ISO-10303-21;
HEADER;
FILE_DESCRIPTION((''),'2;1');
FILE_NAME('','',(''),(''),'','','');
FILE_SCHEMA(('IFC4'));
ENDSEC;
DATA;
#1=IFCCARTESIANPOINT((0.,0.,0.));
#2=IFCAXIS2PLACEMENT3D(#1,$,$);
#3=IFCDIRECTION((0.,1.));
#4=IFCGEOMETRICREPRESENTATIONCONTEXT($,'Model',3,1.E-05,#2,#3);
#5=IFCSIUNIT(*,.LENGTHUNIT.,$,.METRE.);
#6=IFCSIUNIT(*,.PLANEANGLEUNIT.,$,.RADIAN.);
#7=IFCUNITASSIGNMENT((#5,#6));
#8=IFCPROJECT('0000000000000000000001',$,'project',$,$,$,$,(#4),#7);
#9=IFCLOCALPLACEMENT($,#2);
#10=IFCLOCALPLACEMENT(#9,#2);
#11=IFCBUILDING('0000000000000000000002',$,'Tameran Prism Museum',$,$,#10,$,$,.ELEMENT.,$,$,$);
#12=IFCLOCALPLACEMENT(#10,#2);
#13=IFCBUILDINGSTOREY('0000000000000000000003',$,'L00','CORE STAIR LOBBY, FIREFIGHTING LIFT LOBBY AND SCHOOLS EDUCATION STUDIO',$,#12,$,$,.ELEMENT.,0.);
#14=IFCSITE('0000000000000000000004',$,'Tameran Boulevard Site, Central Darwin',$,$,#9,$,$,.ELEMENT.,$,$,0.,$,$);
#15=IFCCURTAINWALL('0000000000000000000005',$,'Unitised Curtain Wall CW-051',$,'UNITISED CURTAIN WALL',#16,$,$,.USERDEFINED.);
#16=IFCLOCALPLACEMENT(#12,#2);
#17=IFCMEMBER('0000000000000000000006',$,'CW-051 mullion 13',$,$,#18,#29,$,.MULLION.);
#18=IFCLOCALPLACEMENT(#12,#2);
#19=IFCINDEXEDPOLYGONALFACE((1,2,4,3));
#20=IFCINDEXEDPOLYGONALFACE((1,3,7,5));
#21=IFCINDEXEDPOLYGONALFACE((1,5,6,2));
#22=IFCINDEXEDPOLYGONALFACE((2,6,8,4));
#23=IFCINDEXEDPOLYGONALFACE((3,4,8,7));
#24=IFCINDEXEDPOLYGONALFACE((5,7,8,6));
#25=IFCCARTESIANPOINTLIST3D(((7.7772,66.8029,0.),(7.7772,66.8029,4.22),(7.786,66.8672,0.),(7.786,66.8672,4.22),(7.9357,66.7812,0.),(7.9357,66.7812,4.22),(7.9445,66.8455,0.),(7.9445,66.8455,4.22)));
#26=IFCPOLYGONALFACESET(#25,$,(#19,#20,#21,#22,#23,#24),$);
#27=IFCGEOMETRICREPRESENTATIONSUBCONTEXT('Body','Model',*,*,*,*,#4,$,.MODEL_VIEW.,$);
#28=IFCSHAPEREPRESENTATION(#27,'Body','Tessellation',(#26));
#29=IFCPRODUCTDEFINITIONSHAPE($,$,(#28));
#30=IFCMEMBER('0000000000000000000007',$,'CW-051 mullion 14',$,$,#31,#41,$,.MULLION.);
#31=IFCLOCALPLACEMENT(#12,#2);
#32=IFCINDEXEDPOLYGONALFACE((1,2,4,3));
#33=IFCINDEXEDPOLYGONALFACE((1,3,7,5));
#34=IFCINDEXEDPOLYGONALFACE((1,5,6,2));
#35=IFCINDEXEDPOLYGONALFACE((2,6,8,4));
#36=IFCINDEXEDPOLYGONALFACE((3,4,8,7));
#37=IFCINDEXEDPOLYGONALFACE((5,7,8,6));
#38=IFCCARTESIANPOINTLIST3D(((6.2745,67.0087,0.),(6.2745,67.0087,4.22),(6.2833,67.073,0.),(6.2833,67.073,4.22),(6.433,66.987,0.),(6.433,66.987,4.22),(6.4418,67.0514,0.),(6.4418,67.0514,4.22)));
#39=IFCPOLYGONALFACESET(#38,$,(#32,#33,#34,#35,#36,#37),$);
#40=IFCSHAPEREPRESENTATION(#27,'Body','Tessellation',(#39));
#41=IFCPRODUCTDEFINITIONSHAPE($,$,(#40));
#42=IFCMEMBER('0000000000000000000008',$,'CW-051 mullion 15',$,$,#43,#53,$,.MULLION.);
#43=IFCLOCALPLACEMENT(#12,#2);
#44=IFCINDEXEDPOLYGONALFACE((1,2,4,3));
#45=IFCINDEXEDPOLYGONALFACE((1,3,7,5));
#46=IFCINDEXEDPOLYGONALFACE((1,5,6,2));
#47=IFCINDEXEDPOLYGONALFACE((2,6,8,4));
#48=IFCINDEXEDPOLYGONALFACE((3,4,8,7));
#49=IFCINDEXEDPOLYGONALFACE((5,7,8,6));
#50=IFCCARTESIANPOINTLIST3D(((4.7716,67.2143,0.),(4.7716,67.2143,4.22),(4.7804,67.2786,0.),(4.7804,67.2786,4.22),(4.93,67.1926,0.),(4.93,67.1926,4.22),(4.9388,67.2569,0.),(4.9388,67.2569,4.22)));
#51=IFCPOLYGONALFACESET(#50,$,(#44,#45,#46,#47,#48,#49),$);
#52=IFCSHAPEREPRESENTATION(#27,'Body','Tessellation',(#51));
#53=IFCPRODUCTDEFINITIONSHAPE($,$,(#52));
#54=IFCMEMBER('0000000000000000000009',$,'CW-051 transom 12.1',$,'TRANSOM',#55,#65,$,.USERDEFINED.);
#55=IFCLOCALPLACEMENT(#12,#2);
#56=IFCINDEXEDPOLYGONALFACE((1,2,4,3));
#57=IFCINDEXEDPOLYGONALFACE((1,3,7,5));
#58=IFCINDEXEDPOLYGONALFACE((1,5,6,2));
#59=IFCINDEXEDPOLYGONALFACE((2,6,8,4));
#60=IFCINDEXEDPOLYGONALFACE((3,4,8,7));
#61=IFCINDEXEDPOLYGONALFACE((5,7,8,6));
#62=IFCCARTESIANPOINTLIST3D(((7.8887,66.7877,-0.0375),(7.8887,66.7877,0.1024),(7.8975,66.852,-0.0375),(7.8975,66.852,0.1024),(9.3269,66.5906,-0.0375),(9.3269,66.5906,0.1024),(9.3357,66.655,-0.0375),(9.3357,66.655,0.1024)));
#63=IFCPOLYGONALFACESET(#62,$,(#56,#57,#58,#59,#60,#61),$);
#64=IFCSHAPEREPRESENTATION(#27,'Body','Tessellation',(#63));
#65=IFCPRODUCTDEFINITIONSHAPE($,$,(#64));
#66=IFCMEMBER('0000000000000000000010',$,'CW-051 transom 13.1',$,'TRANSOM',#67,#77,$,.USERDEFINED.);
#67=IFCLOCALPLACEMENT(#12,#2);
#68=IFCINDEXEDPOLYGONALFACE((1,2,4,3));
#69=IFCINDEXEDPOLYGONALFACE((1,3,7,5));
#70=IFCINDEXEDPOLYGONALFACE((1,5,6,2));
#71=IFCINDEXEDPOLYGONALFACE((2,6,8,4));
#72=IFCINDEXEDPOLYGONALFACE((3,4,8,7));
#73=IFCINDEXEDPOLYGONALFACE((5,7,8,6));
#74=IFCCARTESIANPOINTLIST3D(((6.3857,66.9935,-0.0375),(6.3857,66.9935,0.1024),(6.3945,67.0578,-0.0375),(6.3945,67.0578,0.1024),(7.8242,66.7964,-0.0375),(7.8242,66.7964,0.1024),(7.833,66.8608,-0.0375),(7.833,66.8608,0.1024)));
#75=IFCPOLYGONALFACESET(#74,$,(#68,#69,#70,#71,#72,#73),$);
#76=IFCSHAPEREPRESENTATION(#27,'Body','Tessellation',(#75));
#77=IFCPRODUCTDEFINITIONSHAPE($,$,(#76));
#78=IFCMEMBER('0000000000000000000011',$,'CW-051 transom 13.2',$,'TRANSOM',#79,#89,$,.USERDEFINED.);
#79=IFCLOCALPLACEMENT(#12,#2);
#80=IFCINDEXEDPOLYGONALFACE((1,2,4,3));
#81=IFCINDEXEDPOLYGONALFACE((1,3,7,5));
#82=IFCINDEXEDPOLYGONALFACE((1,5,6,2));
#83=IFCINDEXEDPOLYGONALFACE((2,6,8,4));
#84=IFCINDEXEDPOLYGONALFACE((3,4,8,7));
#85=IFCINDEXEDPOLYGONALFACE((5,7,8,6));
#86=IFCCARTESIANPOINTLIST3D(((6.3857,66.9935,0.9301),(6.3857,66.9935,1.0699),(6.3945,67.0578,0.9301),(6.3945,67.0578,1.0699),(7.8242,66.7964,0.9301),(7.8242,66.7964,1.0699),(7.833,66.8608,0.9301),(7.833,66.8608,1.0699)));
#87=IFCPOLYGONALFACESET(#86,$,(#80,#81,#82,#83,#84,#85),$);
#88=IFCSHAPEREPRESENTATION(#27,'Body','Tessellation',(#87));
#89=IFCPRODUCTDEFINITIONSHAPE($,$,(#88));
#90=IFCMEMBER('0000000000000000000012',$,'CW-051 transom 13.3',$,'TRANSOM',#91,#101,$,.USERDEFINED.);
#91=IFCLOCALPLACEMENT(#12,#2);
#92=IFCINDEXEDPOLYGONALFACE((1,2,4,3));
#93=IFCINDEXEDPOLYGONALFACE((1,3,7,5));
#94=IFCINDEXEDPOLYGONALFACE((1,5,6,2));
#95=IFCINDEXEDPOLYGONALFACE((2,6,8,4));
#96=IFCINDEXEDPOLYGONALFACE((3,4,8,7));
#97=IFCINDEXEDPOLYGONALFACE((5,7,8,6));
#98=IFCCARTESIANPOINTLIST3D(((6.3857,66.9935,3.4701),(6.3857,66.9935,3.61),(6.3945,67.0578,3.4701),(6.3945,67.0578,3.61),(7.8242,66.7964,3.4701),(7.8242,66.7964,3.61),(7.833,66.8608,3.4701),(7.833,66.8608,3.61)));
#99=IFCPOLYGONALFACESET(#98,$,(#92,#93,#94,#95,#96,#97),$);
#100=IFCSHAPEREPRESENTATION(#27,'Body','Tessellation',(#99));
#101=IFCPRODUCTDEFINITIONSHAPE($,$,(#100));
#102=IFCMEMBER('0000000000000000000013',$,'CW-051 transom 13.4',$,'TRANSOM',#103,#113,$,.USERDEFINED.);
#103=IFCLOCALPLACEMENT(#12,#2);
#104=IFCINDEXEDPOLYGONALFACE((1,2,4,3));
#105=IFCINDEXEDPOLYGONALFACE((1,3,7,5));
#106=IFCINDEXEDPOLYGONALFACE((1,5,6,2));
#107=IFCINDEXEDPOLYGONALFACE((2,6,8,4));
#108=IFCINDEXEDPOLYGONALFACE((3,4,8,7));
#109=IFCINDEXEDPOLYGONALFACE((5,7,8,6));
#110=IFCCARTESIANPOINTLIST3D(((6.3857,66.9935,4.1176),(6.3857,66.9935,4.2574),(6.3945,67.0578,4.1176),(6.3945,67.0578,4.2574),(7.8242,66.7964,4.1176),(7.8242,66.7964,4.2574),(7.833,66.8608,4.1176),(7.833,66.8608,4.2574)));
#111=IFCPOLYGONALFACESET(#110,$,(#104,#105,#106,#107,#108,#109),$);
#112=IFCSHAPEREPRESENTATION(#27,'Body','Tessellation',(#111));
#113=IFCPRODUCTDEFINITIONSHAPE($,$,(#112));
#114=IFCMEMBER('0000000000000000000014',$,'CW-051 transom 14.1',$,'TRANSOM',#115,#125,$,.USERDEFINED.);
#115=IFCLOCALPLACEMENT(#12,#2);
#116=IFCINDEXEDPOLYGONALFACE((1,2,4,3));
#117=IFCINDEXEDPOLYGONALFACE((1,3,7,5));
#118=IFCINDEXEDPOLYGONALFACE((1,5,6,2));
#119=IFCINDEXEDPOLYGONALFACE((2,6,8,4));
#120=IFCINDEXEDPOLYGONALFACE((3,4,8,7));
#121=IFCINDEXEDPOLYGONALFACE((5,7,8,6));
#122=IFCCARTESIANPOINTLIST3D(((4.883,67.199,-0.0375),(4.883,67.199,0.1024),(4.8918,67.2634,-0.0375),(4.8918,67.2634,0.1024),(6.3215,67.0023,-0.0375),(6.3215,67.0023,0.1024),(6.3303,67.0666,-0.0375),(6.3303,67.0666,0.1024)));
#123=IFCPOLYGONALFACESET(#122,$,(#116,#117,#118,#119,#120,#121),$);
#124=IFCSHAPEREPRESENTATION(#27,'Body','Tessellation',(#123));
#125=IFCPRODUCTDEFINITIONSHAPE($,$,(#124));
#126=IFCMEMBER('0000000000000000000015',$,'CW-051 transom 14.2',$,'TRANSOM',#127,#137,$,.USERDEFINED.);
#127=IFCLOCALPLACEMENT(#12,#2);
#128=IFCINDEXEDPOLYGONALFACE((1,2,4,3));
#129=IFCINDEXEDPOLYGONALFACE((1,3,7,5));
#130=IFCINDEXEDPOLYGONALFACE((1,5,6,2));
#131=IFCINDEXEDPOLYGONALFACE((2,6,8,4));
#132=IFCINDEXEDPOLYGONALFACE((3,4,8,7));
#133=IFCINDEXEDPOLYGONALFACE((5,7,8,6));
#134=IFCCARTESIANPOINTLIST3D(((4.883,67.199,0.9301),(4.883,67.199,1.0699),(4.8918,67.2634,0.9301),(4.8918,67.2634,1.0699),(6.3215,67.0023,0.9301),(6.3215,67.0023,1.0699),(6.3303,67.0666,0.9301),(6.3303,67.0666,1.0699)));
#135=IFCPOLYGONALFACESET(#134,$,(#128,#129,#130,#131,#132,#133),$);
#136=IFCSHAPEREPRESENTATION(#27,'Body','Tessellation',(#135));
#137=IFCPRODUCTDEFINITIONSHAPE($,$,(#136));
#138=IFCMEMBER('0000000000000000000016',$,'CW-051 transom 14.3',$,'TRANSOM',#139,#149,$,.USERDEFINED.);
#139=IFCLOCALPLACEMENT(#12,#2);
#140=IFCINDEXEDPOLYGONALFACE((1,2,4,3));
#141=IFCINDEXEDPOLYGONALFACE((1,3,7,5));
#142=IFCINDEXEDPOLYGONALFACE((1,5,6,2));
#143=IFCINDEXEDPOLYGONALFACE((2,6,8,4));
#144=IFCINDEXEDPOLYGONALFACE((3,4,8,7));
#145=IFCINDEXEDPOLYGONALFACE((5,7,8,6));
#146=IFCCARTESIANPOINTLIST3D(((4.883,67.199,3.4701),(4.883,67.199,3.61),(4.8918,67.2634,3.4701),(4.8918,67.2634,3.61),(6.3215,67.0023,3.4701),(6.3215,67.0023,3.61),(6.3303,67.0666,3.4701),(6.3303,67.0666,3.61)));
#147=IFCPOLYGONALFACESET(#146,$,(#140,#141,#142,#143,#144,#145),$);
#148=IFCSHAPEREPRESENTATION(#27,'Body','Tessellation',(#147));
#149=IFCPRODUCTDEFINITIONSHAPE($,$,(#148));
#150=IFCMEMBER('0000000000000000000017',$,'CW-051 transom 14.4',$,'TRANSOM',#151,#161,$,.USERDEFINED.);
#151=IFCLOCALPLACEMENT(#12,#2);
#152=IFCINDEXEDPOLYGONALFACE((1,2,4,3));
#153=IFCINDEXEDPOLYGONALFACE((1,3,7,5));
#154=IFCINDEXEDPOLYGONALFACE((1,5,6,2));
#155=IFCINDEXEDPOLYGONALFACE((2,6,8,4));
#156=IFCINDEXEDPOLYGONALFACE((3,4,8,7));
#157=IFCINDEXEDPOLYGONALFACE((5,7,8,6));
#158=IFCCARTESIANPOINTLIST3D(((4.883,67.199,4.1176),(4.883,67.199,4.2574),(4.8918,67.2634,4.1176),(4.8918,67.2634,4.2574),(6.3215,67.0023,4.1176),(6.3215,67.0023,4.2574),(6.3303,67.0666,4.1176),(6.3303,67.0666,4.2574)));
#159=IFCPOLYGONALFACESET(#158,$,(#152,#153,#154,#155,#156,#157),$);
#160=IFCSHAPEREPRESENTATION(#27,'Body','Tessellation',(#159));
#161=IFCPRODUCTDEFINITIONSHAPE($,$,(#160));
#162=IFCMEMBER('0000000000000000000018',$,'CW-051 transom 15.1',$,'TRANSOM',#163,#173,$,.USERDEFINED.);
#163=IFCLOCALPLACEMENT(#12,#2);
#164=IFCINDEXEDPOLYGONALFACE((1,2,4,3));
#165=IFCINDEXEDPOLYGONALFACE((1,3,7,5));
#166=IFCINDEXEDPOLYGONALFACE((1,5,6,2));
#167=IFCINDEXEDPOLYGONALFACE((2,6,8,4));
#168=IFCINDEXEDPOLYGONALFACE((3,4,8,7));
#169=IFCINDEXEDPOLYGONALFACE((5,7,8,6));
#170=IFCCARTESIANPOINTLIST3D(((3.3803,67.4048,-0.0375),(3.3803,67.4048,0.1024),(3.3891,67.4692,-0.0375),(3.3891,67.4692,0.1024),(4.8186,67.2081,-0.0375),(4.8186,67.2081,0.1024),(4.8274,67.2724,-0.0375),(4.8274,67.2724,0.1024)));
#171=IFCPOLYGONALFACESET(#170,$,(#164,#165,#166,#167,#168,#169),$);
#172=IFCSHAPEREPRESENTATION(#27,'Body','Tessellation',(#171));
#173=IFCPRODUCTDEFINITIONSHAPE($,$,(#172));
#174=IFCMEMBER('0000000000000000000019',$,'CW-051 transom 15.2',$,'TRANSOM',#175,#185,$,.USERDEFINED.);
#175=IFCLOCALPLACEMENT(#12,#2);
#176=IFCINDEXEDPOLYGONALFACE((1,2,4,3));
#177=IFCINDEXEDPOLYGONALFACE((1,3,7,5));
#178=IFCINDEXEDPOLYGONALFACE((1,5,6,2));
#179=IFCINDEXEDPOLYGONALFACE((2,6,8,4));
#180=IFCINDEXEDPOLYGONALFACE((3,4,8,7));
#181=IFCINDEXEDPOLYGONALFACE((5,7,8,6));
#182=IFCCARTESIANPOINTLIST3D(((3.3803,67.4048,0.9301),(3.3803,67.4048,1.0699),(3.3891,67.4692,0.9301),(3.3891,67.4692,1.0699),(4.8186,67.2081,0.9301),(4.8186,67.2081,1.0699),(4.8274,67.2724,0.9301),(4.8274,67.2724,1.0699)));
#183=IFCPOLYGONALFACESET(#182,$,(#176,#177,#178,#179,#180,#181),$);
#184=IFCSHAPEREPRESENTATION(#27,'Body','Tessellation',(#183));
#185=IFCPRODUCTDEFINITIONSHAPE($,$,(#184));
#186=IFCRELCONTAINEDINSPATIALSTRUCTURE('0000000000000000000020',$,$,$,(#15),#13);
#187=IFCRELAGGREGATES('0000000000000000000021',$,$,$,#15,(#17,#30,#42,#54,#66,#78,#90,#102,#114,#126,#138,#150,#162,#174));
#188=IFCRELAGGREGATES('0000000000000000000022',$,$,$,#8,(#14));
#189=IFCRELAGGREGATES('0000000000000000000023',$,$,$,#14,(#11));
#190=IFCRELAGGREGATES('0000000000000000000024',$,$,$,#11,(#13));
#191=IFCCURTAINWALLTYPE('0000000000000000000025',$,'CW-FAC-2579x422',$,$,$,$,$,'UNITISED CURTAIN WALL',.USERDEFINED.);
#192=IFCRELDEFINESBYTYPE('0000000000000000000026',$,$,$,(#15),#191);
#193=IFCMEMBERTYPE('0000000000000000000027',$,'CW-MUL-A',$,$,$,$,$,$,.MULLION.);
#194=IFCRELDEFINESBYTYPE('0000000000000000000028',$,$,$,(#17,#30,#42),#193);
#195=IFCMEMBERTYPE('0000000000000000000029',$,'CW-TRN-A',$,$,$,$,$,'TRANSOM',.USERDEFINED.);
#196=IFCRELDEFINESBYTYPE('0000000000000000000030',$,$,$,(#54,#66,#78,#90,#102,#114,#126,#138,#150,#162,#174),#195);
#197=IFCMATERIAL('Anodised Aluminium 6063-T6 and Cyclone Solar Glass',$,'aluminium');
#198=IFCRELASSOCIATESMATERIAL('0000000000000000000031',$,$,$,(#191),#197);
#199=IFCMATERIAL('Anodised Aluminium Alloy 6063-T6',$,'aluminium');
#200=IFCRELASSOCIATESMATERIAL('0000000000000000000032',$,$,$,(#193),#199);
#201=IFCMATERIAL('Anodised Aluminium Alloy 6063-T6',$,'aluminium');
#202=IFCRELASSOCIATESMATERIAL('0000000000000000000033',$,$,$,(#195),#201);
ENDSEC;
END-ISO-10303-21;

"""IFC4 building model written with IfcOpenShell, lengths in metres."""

from ifc_helpers import new_model, si_unit, direction, frame, origin, origin_2d, place, context, subcontext, project, spatial, rectangle, extrude, material, material_profile, profile_set, type_object, element, aggregate, save


model = new_model("IFC4")

# Units and contexts
model_context = context("Model", 3, precision=1e-05, world=origin(), true_north=direction((0.0, 1.0)))
body_context = subcontext(model_context, "Body", "Model", "MODEL_VIEW")
ifc_project = project(units=[si_unit("LENGTHUNIT", "METRE"), si_unit("PLANEANGLEUNIT", "RADIAN")], contexts=[model_context])

# Site, building, storey
site_placement = place(None, origin())
site = spatial("IfcSite", under=ifc_project, at=site_placement, Name="Tameran Boulevard Site, Central Darwin", CompositionType="ELEMENT", RefElevation=0.0)
building_placement = place(site_placement, origin())
building = spatial("IfcBuilding", under=site, at=building_placement, Name="Tameran Prism Museum", CompositionType="ELEMENT")
storey_placement = place(building_placement, origin())
storey = spatial("IfcBuildingStorey", under=building, at=storey_placement, Name="L00", Description="CORE STAIR LOBBY, FIREFIGHTING LIFT LOBBY AND SCHOOLS EDUCATION STUDIO", CompositionType="ELEMENT", Elevation=0.0)

# Curtain wall, members
ifc_material_1 = material(Name="Anodised Aluminium 6063-T6 and Cyclone Solar Glass", Category="aluminium")
curtain_wall_type = type_object("IfcCurtainWallType", Name="CW-FAC-2579x422", ElementType="UNITISED CURTAIN WALL", PredefinedType="USERDEFINED", material=ifc_material_1)
curtain_wall_placement = place(storey_placement, origin())
curtain_wall = element("IfcCurtainWall", 1, at=curtain_wall_placement, inside=storey, type_object=curtain_wall_type, Name="Unitised Curtain Wall CW-051", ObjectType="UNITISED CURTAIN WALL", PredefinedType="USERDEFINED")
ifc_material_2 = material(Name="Anodised Aluminium Alloy 6063-T6", Category="aluminium")
ifc_material_profile_1 = material_profile(ifc_material_2, rectangle(XDim=0.0649, YDim=0.1599, at=origin_2d()))
ifc_profile_set_1 = profile_set([ifc_material_profile_1])
member_type_1 = type_object("IfcMemberType", Name="CW-MUL-A", PredefinedType="MULLION", material=ifc_profile_set_1)
member_1_placement = place(storey_placement, frame((7.8608, 66.8242, 0.0), z_axis=(0.0, 0.0, 1.0), x_axis=(-0.135658, -0.990756, 0.0)))
member_1 = element("IfcMember", 2, at=member_1_placement, type_object=member_type_1, Name="CW-051 mullion 13", PredefinedType="MULLION", context=body_context, shape_type="SweptSolid", body=[
    extrude(rectangle(XDim=0.0649, YDim=0.1599, at=origin_2d()), origin(), (0.0, 0.0, 1.0), 4.22),
])
member_2_placement = place(storey_placement, frame((6.3582, 67.03, 0.0), z_axis=(0.0, 0.0, 1.0), x_axis=(-0.135658, -0.990756, 0.0)))
member_2 = element("IfcMember", 3, at=member_2_placement, type_object=member_type_1, Name="CW-051 mullion 14", PredefinedType="MULLION", context=body_context, shape_type="SweptSolid", body=[
    extrude(rectangle(XDim=0.0649, YDim=0.1599, at=origin_2d()), origin(), (0.0, 0.0, 1.0), 4.22),
])
member_3_placement = place(storey_placement, frame((4.8552, 67.2356, 0.0), z_axis=(0.0, 0.0, 1.0), x_axis=(-0.135658, -0.990756, 0.0)))
member_3 = element("IfcMember", 4, at=member_3_placement, type_object=member_type_1, Name="CW-051 mullion 15", PredefinedType="MULLION", context=body_context, shape_type="SweptSolid", body=[
    extrude(rectangle(XDim=0.0649, YDim=0.1599, at=origin_2d()), origin(), (0.0, 0.0, 1.0), 4.22),
])
ifc_material_3 = material(Name="Anodised Aluminium Alloy 6063-T6", Category="aluminium")
ifc_material_profile_2 = material_profile(ifc_material_3, rectangle(XDim=0.0649, YDim=0.1399, at=origin_2d()))
ifc_profile_set_2 = profile_set([ifc_material_profile_2])
member_type_2 = type_object("IfcMemberType", Name="CW-TRN-A", ElementType="TRANSOM", PredefinedType="USERDEFINED", material=ifc_profile_set_2)
member_4_placement = place(storey_placement, frame((9.3313, 66.6228, 0.0325), z_axis=(-0.990747, 0.135721, 0.0), x_axis=(-0.135721, -0.990747, 0.0)))
member_4 = element("IfcMember", 5, at=member_4_placement, type_object=member_type_2, Name="CW-051 transom 12.1", ObjectType="TRANSOM", PredefinedType="USERDEFINED", context=body_context, shape_type="SweptSolid", body=[
    extrude(rectangle(XDim=0.0649, YDim=0.1399, at=origin_2d()), origin(), (0.0, 0.0, 1.0), 1.4517),
])
member_5_placement = place(storey_placement, frame((7.8286, 66.8286, 0.0325), z_axis=(-0.99075, 0.135698, 0.0), x_axis=(-0.135698, -0.99075, 0.0)))
member_5 = element("IfcMember", 6, at=member_5_placement, type_object=member_type_2, Name="CW-051 transom 13.1", ObjectType="TRANSOM", PredefinedType="USERDEFINED", context=body_context, shape_type="SweptSolid", body=[
    extrude(rectangle(XDim=0.0649, YDim=0.1399, at=origin_2d()), origin(), (0.0, 0.0, 1.0), 1.4519),
])
member_6_placement = place(storey_placement, frame((7.8286, 66.8286, 1.0), z_axis=(-0.99075, 0.135698, 0.0), x_axis=(-0.135698, -0.99075, 0.0)))
member_6 = element("IfcMember", 7, at=member_6_placement, type_object=member_type_2, Name="CW-051 transom 13.2", ObjectType="TRANSOM", PredefinedType="USERDEFINED", context=body_context, shape_type="SweptSolid", body=[
    extrude(rectangle(XDim=0.0649, YDim=0.1399, at=origin_2d()), origin(), (0.0, 0.0, 1.0), 1.4519),
])
member_7_placement = place(storey_placement, frame((7.8286, 66.8286, 3.54), z_axis=(-0.99075, 0.135698, 0.0), x_axis=(-0.135698, -0.99075, 0.0)))
member_7 = element("IfcMember", 8, at=member_7_placement, type_object=member_type_2, Name="CW-051 transom 13.3", ObjectType="TRANSOM", PredefinedType="USERDEFINED", context=body_context, shape_type="SweptSolid", body=[
    extrude(rectangle(XDim=0.0649, YDim=0.1399, at=origin_2d()), origin(), (0.0, 0.0, 1.0), 1.4519),
])
member_8_placement = place(storey_placement, frame((7.8286, 66.8286, 4.1875), z_axis=(-0.99075, 0.135698, 0.0), x_axis=(-0.135698, -0.99075, 0.0)))
member_8 = element("IfcMember", 9, at=member_8_placement, type_object=member_type_2, Name="CW-051 transom 13.4", ObjectType="TRANSOM", PredefinedType="USERDEFINED", context=body_context, shape_type="SweptSolid", body=[
    extrude(rectangle(XDim=0.0649, YDim=0.1399, at=origin_2d()), origin(), (0.0, 0.0, 1.0), 1.4519),
])
member_9_placement = place(storey_placement, frame((6.3259, 67.0344, 0.0325), z_axis=(-0.990773, 0.135533, 0.0), x_axis=(-0.135533, -0.990773, 0.0)))
member_9 = element("IfcMember", 10, at=member_9_placement, type_object=member_type_2, Name="CW-051 transom 14.1", ObjectType="TRANSOM", PredefinedType="USERDEFINED", context=body_context, shape_type="SweptSolid", body=[
    extrude(rectangle(XDim=0.0649, YDim=0.1399, at=origin_2d()), origin(), (0.0, 0.0, 1.0), 1.4519),
])
member_10_placement = place(storey_placement, frame((6.3259, 67.0344, 1.0), z_axis=(-0.990773, 0.135533, 0.0), x_axis=(-0.135533, -0.990773, 0.0)))
member_10 = element("IfcMember", 11, at=member_10_placement, type_object=member_type_2, Name="CW-051 transom 14.2", ObjectType="TRANSOM", PredefinedType="USERDEFINED", context=body_context, shape_type="SweptSolid", body=[
    extrude(rectangle(XDim=0.0649, YDim=0.1399, at=origin_2d()), origin(), (0.0, 0.0, 1.0), 1.4519),
])
member_11_placement = place(storey_placement, frame((6.3259, 67.0344, 3.54), z_axis=(-0.990773, 0.135533, 0.0), x_axis=(-0.135533, -0.990773, 0.0)))
member_11 = element("IfcMember", 12, at=member_11_placement, type_object=member_type_2, Name="CW-051 transom 14.3", ObjectType="TRANSOM", PredefinedType="USERDEFINED", context=body_context, shape_type="SweptSolid", body=[
    extrude(rectangle(XDim=0.0649, YDim=0.1399, at=origin_2d()), origin(), (0.0, 0.0, 1.0), 1.4519),
])
member_12_placement = place(storey_placement, frame((6.3259, 67.0344, 4.1875), z_axis=(-0.990773, 0.135533, 0.0), x_axis=(-0.135533, -0.990773, 0.0)))
member_12 = element("IfcMember", 13, at=member_12_placement, type_object=member_type_2, Name="CW-051 transom 14.4", ObjectType="TRANSOM", PredefinedType="USERDEFINED", context=body_context, shape_type="SweptSolid", body=[
    extrude(rectangle(XDim=0.0649, YDim=0.1399, at=origin_2d()), origin(), (0.0, 0.0, 1.0), 1.4519),
])
member_13_placement = place(storey_placement, frame((4.823, 67.2402, 0.0325), z_axis=(-0.99077, 0.135556, 0.0), x_axis=(-0.135556, -0.99077, 0.0)))
member_13 = element("IfcMember", 14, at=member_13_placement, type_object=member_type_2, Name="CW-051 transom 15.1", ObjectType="TRANSOM", PredefinedType="USERDEFINED", context=body_context, shape_type="SweptSolid", body=[
    extrude(rectangle(XDim=0.0649, YDim=0.1399, at=origin_2d()), origin(), (0.0, 0.0, 1.0), 1.4517),
])
member_14_placement = place(storey_placement, frame((4.823, 67.2402, 1.0), z_axis=(-0.99077, 0.135556, 0.0), x_axis=(-0.135556, -0.99077, 0.0)))
member_14 = element("IfcMember", 15, at=member_14_placement, type_object=member_type_2, Name="CW-051 transom 15.2", ObjectType="TRANSOM", PredefinedType="USERDEFINED", context=body_context, shape_type="SweptSolid", body=[
    extrude(rectangle(XDim=0.0649, YDim=0.1399, at=origin_2d()), origin(), (0.0, 0.0, 1.0), 1.4517),
])
aggregate(curtain_wall, [member_1, member_2, member_3, member_4, member_5, member_6, member_7, member_8, member_9, member_10, member_11, member_12, member_13, member_14])

save(model, "model.ifc")
